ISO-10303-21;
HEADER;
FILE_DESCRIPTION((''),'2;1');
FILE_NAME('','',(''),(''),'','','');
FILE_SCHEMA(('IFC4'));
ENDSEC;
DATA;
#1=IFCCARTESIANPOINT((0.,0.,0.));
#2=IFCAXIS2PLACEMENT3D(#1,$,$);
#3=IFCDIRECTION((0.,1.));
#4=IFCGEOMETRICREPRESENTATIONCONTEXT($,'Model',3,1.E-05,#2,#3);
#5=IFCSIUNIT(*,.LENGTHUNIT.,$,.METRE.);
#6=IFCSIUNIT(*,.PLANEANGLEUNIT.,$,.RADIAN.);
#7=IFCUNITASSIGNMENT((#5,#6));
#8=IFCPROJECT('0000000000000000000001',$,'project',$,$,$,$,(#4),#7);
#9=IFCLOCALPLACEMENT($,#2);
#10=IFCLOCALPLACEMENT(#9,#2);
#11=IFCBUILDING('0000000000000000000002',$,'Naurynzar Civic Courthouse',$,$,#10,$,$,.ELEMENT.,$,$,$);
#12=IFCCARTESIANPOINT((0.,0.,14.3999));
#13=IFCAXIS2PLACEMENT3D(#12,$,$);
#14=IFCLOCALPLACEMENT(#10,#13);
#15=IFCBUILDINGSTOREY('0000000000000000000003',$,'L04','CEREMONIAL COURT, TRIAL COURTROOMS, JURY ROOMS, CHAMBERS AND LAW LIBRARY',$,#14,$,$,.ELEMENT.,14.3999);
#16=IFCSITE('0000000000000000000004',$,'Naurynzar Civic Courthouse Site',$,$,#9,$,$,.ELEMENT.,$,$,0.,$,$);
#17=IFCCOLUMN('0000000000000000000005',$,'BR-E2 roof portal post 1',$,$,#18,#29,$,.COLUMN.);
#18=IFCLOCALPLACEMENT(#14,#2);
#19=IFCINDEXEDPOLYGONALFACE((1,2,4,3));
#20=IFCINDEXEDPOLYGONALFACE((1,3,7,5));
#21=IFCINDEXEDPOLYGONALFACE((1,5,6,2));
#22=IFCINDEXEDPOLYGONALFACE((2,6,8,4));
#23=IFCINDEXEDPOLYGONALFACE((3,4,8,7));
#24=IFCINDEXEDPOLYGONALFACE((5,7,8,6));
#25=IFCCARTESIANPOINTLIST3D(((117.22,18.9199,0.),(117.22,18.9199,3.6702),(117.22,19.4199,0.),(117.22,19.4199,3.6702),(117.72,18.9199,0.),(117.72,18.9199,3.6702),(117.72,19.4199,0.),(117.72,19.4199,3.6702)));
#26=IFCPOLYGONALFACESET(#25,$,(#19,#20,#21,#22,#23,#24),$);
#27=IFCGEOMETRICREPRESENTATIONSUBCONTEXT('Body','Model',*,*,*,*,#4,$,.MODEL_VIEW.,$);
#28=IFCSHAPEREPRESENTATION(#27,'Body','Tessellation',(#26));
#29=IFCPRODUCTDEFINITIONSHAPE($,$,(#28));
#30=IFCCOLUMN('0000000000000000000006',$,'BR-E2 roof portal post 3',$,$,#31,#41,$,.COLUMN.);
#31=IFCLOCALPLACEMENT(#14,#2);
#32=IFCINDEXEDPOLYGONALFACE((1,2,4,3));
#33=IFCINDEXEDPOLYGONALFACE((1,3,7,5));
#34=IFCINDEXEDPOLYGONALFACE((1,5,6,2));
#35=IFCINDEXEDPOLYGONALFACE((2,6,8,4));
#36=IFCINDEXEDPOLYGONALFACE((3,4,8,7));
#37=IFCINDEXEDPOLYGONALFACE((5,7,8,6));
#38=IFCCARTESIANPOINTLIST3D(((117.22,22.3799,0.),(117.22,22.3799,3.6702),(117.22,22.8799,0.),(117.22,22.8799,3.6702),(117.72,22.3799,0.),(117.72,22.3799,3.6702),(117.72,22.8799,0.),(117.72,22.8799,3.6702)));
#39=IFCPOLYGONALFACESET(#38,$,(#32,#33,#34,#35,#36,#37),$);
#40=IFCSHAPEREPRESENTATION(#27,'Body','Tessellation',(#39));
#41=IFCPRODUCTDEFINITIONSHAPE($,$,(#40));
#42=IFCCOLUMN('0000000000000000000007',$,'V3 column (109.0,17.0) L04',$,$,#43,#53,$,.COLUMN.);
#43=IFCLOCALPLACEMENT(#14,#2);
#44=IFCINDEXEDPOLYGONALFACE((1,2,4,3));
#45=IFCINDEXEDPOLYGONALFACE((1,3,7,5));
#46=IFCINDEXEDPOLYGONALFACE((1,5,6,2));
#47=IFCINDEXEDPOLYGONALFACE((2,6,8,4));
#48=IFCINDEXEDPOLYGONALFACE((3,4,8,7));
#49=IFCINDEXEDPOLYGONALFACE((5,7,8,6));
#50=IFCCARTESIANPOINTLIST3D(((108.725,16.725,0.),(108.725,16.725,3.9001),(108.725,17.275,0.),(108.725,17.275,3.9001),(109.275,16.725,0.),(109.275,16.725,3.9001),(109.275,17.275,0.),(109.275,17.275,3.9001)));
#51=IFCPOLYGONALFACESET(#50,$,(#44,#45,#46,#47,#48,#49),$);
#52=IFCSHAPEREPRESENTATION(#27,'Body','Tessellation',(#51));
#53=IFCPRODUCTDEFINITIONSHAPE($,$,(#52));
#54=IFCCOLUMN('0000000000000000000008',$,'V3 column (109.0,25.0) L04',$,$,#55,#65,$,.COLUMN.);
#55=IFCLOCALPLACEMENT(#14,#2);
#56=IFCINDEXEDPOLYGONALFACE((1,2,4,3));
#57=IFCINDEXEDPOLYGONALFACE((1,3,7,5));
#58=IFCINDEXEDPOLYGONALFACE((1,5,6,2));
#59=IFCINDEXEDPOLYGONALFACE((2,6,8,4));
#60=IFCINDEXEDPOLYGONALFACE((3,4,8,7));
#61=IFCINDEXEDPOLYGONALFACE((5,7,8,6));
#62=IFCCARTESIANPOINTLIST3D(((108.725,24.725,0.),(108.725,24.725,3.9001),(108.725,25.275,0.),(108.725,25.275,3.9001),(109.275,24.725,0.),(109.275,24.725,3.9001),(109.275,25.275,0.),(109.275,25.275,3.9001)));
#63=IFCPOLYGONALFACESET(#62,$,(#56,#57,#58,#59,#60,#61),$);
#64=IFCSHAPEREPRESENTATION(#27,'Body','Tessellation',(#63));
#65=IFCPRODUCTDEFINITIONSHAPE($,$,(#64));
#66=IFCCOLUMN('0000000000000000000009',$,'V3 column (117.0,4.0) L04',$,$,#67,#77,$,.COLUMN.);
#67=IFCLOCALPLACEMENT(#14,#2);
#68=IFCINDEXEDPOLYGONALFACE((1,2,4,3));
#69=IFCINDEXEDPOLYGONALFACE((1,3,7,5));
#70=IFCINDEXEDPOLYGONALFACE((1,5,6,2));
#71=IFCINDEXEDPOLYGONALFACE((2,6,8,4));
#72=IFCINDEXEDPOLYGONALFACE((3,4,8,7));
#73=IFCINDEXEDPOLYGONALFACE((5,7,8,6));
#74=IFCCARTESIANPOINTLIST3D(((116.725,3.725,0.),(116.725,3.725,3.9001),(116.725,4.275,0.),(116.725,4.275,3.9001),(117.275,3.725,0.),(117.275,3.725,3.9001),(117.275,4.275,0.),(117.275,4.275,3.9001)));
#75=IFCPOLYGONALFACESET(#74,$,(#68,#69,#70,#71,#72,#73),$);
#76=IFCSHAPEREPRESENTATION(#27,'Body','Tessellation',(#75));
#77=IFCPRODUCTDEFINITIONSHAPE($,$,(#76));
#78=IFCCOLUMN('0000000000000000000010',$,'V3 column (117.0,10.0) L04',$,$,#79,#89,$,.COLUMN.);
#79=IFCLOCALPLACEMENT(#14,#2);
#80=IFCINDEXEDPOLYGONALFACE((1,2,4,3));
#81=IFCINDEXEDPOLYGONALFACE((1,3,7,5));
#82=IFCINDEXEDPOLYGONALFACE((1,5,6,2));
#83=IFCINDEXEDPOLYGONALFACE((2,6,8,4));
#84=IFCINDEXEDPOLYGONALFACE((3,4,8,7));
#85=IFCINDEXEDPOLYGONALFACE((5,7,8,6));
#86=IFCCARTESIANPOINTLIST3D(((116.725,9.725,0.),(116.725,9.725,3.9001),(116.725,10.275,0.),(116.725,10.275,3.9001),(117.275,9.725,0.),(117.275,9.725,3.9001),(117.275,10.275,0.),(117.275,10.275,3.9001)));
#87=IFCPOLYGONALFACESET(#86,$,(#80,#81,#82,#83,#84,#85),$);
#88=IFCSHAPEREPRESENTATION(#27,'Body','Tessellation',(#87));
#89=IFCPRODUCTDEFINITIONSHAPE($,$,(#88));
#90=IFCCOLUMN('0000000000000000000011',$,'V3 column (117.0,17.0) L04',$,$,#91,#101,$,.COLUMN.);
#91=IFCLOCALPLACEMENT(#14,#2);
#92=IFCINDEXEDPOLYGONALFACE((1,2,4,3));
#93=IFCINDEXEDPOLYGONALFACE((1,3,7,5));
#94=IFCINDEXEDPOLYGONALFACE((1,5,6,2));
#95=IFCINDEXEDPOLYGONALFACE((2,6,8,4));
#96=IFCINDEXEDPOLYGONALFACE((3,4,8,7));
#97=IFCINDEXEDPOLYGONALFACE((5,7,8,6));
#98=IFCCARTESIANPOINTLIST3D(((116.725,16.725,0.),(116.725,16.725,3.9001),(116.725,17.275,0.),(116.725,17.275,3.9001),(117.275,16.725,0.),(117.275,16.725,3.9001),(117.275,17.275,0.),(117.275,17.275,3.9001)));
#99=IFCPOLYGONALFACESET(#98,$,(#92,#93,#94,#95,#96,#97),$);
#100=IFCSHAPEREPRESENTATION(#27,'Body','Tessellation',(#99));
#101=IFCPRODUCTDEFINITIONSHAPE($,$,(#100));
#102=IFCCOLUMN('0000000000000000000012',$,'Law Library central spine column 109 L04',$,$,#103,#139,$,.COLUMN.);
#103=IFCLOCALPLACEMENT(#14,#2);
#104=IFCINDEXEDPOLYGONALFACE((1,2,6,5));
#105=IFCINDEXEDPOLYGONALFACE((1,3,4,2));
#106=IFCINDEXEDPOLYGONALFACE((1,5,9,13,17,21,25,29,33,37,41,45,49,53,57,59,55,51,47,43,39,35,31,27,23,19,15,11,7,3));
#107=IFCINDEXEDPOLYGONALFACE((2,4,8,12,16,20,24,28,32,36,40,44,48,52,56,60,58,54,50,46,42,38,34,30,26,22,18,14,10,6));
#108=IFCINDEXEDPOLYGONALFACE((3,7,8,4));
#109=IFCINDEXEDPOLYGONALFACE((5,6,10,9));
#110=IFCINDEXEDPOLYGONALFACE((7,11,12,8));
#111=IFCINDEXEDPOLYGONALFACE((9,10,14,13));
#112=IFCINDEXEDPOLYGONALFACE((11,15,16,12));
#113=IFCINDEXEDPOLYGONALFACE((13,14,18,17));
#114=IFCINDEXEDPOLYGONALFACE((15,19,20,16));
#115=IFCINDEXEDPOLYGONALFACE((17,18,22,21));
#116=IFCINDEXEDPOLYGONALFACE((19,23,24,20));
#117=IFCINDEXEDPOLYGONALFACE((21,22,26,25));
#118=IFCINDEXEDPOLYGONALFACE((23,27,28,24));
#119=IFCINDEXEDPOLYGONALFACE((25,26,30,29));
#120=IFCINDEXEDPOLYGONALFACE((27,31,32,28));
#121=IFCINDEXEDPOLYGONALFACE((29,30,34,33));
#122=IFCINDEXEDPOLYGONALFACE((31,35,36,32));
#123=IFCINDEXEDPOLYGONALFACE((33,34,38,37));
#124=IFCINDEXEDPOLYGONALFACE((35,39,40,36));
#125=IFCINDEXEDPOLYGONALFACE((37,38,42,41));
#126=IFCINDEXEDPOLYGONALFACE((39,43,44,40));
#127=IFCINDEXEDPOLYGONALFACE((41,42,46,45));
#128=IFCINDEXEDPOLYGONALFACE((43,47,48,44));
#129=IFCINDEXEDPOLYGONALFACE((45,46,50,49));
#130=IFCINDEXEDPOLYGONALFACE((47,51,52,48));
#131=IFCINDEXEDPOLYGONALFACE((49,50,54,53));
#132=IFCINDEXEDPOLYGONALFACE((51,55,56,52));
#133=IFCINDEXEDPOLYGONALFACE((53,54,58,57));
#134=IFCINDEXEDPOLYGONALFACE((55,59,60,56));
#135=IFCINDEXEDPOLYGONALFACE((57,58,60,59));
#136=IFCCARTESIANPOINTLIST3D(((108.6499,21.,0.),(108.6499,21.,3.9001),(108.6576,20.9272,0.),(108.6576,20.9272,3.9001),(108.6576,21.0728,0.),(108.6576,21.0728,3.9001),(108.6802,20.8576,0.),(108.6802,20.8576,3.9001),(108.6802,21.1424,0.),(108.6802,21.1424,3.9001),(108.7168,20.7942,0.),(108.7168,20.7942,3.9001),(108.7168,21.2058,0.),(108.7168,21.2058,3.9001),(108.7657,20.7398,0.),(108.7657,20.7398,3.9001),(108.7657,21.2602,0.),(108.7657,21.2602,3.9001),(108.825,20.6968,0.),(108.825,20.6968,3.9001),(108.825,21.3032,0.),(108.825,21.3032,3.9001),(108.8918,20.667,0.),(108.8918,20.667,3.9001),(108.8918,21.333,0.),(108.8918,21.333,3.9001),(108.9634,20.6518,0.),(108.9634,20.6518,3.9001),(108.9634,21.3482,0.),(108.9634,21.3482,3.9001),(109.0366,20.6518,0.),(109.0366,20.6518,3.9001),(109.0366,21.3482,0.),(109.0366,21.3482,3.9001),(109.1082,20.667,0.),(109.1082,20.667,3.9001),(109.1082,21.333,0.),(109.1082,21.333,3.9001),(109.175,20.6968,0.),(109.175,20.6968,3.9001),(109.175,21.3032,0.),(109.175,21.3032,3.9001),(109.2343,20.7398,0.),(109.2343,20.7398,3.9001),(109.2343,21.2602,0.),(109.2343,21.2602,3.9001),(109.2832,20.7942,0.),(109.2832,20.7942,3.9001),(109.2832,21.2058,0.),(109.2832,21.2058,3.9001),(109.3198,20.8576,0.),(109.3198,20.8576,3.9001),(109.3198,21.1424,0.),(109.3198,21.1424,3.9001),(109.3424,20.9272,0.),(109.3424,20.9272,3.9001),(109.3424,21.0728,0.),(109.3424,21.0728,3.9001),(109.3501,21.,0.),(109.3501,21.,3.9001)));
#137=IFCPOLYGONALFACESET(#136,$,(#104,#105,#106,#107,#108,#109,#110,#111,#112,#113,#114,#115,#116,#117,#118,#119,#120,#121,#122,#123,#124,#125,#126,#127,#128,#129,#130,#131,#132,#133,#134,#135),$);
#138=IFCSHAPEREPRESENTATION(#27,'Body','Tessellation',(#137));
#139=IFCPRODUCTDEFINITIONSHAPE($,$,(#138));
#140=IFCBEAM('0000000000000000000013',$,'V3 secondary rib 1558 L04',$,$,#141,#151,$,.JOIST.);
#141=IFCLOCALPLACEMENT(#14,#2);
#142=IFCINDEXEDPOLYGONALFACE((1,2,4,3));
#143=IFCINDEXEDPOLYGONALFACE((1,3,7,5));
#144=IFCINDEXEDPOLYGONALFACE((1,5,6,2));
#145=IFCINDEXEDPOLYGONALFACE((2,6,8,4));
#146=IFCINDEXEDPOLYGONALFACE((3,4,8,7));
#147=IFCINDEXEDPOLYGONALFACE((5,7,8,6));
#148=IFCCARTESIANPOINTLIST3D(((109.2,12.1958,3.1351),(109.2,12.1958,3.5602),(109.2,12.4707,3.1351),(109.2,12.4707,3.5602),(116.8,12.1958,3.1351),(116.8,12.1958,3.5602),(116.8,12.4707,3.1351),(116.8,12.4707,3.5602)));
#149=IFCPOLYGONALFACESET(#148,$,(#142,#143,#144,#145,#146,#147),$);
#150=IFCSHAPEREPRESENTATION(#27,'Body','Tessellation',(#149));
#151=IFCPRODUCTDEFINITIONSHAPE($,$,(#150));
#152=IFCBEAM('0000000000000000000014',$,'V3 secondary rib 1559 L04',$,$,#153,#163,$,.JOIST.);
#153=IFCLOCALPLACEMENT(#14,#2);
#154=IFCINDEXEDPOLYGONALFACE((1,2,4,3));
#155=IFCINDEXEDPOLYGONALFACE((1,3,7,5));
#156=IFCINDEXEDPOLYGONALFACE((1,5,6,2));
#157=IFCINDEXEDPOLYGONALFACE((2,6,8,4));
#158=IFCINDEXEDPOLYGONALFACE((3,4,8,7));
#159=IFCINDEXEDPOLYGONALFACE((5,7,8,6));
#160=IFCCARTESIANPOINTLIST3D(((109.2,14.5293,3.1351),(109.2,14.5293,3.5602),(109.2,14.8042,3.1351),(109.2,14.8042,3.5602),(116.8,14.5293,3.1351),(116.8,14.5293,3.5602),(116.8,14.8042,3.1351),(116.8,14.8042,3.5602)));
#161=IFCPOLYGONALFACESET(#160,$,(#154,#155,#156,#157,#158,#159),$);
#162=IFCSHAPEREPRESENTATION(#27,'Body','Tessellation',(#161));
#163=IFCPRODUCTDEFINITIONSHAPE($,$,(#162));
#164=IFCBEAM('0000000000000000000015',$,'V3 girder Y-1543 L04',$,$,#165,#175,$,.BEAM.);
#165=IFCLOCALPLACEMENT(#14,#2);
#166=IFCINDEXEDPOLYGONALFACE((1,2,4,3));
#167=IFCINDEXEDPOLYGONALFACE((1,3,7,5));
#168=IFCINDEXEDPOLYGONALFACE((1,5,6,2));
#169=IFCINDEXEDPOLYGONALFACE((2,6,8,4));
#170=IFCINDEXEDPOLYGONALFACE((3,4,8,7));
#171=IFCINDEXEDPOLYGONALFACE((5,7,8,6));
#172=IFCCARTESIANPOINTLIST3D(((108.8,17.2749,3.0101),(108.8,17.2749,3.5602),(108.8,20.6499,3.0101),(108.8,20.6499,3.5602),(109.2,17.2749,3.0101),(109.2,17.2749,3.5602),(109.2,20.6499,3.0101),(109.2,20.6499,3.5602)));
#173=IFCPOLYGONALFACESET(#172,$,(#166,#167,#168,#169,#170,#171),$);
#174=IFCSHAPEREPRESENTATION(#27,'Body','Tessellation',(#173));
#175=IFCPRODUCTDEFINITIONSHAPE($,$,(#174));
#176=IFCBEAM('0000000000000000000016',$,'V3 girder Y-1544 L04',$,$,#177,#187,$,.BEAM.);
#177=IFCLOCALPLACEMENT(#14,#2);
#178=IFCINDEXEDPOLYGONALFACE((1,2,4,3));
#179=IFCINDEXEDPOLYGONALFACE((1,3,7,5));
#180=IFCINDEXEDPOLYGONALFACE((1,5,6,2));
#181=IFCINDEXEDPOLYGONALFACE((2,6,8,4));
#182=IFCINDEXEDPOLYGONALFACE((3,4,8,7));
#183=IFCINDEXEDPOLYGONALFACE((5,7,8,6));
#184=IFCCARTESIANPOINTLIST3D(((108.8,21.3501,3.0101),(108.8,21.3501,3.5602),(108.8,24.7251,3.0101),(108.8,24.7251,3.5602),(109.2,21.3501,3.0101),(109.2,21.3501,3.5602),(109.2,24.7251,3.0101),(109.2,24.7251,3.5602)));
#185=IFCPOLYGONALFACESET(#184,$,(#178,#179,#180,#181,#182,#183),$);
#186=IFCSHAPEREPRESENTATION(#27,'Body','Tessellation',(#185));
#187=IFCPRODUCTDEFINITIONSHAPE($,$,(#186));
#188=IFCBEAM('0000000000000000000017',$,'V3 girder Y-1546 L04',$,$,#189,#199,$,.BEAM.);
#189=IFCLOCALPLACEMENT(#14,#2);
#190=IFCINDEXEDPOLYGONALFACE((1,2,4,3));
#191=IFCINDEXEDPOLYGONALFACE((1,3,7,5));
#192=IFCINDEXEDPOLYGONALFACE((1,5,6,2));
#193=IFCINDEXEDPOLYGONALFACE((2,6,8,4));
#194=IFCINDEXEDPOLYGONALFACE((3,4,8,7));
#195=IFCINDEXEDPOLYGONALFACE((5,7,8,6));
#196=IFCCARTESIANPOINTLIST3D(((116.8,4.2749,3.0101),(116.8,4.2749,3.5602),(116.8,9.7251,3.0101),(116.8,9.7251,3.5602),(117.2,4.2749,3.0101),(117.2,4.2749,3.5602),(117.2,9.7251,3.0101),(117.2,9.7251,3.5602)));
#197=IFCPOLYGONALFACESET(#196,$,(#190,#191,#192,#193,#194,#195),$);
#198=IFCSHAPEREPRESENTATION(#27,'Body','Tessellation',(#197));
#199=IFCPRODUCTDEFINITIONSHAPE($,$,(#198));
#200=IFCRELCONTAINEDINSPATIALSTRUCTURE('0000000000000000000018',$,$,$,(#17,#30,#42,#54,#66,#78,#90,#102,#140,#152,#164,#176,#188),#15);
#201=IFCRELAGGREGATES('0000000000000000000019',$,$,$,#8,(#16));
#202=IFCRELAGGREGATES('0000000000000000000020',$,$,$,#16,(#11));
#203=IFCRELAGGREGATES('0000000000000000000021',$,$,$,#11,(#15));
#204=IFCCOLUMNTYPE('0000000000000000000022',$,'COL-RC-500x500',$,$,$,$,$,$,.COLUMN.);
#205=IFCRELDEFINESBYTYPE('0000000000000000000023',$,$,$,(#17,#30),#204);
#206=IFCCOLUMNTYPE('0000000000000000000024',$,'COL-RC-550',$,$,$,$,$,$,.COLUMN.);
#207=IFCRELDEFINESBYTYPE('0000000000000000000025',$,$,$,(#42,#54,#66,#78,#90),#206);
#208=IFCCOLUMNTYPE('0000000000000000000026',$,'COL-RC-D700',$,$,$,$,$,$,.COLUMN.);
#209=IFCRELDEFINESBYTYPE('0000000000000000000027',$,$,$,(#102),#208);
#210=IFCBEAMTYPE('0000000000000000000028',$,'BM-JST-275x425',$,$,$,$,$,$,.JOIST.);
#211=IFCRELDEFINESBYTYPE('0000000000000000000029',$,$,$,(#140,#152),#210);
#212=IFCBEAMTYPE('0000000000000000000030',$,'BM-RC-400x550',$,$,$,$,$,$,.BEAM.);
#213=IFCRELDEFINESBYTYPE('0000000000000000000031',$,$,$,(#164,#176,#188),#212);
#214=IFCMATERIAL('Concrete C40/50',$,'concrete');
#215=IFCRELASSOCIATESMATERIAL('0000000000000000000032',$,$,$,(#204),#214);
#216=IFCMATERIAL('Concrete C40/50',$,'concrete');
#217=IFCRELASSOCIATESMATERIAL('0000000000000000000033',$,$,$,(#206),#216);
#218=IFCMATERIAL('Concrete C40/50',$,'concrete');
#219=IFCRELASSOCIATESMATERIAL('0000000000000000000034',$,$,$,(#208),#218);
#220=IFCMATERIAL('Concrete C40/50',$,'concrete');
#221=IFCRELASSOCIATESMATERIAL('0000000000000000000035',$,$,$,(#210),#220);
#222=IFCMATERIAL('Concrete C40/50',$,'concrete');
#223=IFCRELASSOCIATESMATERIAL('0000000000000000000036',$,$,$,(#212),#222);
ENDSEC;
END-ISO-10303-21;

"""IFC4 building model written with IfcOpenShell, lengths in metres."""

from ifc_helpers import new_model, si_unit, direction, frame, origin, origin_2d, place, context, subcontext, project, spatial, rectangle, circle, extrude, material, material_profile, profile_set, type_object, element, save


model = new_model("IFC4")

# Units and contexts
model_context = context("Model", 3, precision=1e-05, world=origin(), true_north=direction((0.0, 1.0)))
body_context = subcontext(model_context, "Body", "Model", "MODEL_VIEW")
ifc_project = project(units=[si_unit("LENGTHUNIT", "METRE"), si_unit("PLANEANGLEUNIT", "RADIAN")], contexts=[model_context])

# Site, building, storey
site_placement = place(None, origin())
site = spatial("IfcSite", under=ifc_project, at=site_placement, Name="Naurynzar Civic Courthouse Site", CompositionType="ELEMENT", RefElevation=0.0)
building_placement = place(site_placement, origin())
building = spatial("IfcBuilding", under=site, at=building_placement, Name="Naurynzar Civic Courthouse", CompositionType="ELEMENT")
storey_placement = place(building_placement, frame((0.0, 0.0, 14.3999)))
storey = spatial("IfcBuildingStorey", under=building, at=storey_placement, Name="L04", Description="CEREMONIAL COURT, TRIAL COURTROOMS, JURY ROOMS, CHAMBERS AND LAW LIBRARY", CompositionType="ELEMENT", Elevation=14.3999)

# Columns
ifc_material_1 = material(Name="Concrete C40/50", Category="concrete")
ifc_material_profile_1 = material_profile(ifc_material_1, rectangle(XDim=0.5, YDim=0.5, at=origin_2d()), Name="RC 500x500")
ifc_profile_set_1 = profile_set([ifc_material_profile_1], Name="Concrete C40/50")
column_type_1 = type_object("IfcColumnType", Name="COL-RC-500x500", PredefinedType="COLUMN", material=ifc_profile_set_1)
for number, where, z_axis, x_axis, name in (
    (1, (117.47, 19.1699, 0.0), (0.0, 0.0, 1.0), (1.0, 0.0, 0.0), "BR-E2 roof portal post 1"),
    (2, (117.47, 22.6299, 0.0), (0.0, 0.0, 1.0), (1.0, 0.0, 0.0), "BR-E2 roof portal post 3"),
):
    element("IfcColumn", number, at=place(storey_placement, frame(where, z_axis=z_axis, x_axis=x_axis)), inside=storey, type_object=column_type_1, Name=name, PredefinedType="COLUMN", context=body_context, shape_type="SweptSolid", body=[
        extrude(rectangle(XDim=0.5, YDim=0.5, at=origin_2d()), origin(), (0.0, 0.0, 1.0), 3.6702),
    ])
ifc_material_2 = material(Name="Concrete C40/50", Category="concrete")
ifc_material_profile_2 = material_profile(ifc_material_2, rectangle(XDim=0.55, YDim=0.55, at=origin_2d()), Name="RC 550x550")
ifc_profile_set_2 = profile_set([ifc_material_profile_2], Name="Concrete C40/50")
column_type_2 = type_object("IfcColumnType", Name="COL-RC-550", PredefinedType="COLUMN", material=ifc_profile_set_2)
for number, where, z_axis, x_axis, name in (
    (3, (109.0, 17.0, 0.0), (0.0, 0.0, 1.0), (1.0, 0.0, 0.0), "V3 column (109.0,17.0) L04"),
    (4, (109.0, 25.0, 0.0), (0.0, 0.0, 1.0), (1.0, 0.0, 0.0), "V3 column (109.0,25.0) L04"),
    (5, (117.0, 4.0, 0.0), (0.0, 0.0, 1.0), (1.0, 0.0, 0.0), "V3 column (117.0,4.0) L04"),
    (6, (117.0, 10.0, 0.0), (0.0, 0.0, 1.0), (1.0, 0.0, 0.0), "V3 column (117.0,10.0) L04"),
    (7, (117.0, 17.0, 0.0), (0.0, 0.0, 1.0), (1.0, 0.0, 0.0), "V3 column (117.0,17.0) L04"),
):
    element("IfcColumn", number, at=place(storey_placement, frame(where, z_axis=z_axis, x_axis=x_axis)), inside=storey, type_object=column_type_2, Name=name, PredefinedType="COLUMN", context=body_context, shape_type="SweptSolid", body=[
        extrude(rectangle(XDim=0.55, YDim=0.55, at=origin_2d()), origin(), (0.0, 0.0, 1.0), 3.9001),
    ])
ifc_material_3 = material(Name="Concrete C40/50", Category="concrete")
ifc_material_profile_3 = material_profile(ifc_material_3, circle(Radius=0.3501, at=origin_2d()), Name="RC D700")
ifc_profile_set_3 = profile_set([ifc_material_profile_3], Name="Concrete C40/50")
column_type_3 = type_object("IfcColumnType", Name="COL-RC-D700", PredefinedType="COLUMN", material=ifc_profile_set_3)
column_placement = place(storey_placement, frame((109.0, 21.0, 0.0), z_axis=(0.0, 0.0, 1.0), x_axis=(1.0, 0.0, 0.0)))
element("IfcColumn", 8, at=column_placement, inside=storey, type_object=column_type_3, Name="Law Library central spine column 109 L04", PredefinedType="COLUMN", context=body_context, shape_type="SweptSolid", body=[
    extrude(circle(Radius=0.3501, at=origin_2d()), origin(), (0.0, 0.0, 1.0), 3.9001),
])

# Beams
ifc_material_4 = material(Name="Concrete C40/50", Category="concrete")
ifc_material_profile_4 = material_profile(ifc_material_4, rectangle(XDim=0.2749, YDim=0.425, at=origin_2d()), Name="RCB 275x425")
ifc_profile_set_4 = profile_set([ifc_material_profile_4], Name="Concrete C40/50")
beam_type_1 = type_object("IfcBeamType", Name="BM-JST-275x425", PredefinedType="JOIST", material=ifc_profile_set_4)
for number, where, z_axis, x_axis, name in (
    (9, (109.2, 12.3333, 3.3477), (1.0, 0.0, 0.0), (0.0, 1.0, 0.0), "V3 secondary rib 1558 L04"),
    (10, (109.2, 14.6667, 3.3477), (1.0, 0.0, 0.0), (0.0, 1.0, 0.0), "V3 secondary rib 1559 L04"),
):
    element("IfcBeam", number, at=place(storey_placement, frame(where, z_axis=z_axis, x_axis=x_axis)), inside=storey, type_object=beam_type_1, Name=name, PredefinedType="JOIST", context=body_context, shape_type="SweptSolid", body=[
        extrude(rectangle(XDim=0.2749, YDim=0.425, at=origin_2d()), origin(), (0.0, 0.0, 1.0), 7.6001),
    ])
ifc_material_5 = material(Name="Concrete C40/50", Category="concrete")
ifc_material_profile_5 = material_profile(ifc_material_5, rectangle(XDim=0.3999, YDim=0.55, at=origin_2d()), Name="RCB 400x550")
ifc_profile_set_5 = profile_set([ifc_material_profile_5], Name="Concrete C40/50")
beam_type_2 = type_object("IfcBeamType", Name="BM-RC-400x550", PredefinedType="BEAM", material=ifc_profile_set_5)
for number, where, z_axis, x_axis, name in (
    (11, (109.0, 17.2749, 3.2852), (0.0, 1.0, 0.0), (-1.0, 0.0, 0.0), "V3 girder Y-1543 L04"),
    (12, (109.0, 21.3501, 3.2852), (0.0, 1.0, 0.0), (-1.0, 0.0, 0.0), "V3 girder Y-1544 L04"),
):
    element("IfcBeam", number, at=place(storey_placement, frame(where, z_axis=z_axis, x_axis=x_axis)), inside=storey, type_object=beam_type_2, Name=name, PredefinedType="BEAM", context=body_context, shape_type="SweptSolid", body=[
        extrude(rectangle(XDim=0.3999, YDim=0.55, at=origin_2d()), origin(), (0.0, 0.0, 1.0), 3.375),
    ])
beam_1_placement = place(storey_placement, frame((117.0, 4.2749, 3.2852), z_axis=(0.0, 1.0, 0.0), x_axis=(-1.0, 0.0, 0.0)))
element("IfcBeam", 13, at=beam_1_placement, inside=storey, type_object=beam_type_2, Name="V3 girder Y-1546 L04", PredefinedType="BEAM", context=body_context, shape_type="SweptSolid", body=[
    extrude(rectangle(XDim=0.3999, YDim=0.55, at=origin_2d()), origin(), (0.0, 0.0, 1.0), 5.4502),
])

save(model, "model.ifc")
